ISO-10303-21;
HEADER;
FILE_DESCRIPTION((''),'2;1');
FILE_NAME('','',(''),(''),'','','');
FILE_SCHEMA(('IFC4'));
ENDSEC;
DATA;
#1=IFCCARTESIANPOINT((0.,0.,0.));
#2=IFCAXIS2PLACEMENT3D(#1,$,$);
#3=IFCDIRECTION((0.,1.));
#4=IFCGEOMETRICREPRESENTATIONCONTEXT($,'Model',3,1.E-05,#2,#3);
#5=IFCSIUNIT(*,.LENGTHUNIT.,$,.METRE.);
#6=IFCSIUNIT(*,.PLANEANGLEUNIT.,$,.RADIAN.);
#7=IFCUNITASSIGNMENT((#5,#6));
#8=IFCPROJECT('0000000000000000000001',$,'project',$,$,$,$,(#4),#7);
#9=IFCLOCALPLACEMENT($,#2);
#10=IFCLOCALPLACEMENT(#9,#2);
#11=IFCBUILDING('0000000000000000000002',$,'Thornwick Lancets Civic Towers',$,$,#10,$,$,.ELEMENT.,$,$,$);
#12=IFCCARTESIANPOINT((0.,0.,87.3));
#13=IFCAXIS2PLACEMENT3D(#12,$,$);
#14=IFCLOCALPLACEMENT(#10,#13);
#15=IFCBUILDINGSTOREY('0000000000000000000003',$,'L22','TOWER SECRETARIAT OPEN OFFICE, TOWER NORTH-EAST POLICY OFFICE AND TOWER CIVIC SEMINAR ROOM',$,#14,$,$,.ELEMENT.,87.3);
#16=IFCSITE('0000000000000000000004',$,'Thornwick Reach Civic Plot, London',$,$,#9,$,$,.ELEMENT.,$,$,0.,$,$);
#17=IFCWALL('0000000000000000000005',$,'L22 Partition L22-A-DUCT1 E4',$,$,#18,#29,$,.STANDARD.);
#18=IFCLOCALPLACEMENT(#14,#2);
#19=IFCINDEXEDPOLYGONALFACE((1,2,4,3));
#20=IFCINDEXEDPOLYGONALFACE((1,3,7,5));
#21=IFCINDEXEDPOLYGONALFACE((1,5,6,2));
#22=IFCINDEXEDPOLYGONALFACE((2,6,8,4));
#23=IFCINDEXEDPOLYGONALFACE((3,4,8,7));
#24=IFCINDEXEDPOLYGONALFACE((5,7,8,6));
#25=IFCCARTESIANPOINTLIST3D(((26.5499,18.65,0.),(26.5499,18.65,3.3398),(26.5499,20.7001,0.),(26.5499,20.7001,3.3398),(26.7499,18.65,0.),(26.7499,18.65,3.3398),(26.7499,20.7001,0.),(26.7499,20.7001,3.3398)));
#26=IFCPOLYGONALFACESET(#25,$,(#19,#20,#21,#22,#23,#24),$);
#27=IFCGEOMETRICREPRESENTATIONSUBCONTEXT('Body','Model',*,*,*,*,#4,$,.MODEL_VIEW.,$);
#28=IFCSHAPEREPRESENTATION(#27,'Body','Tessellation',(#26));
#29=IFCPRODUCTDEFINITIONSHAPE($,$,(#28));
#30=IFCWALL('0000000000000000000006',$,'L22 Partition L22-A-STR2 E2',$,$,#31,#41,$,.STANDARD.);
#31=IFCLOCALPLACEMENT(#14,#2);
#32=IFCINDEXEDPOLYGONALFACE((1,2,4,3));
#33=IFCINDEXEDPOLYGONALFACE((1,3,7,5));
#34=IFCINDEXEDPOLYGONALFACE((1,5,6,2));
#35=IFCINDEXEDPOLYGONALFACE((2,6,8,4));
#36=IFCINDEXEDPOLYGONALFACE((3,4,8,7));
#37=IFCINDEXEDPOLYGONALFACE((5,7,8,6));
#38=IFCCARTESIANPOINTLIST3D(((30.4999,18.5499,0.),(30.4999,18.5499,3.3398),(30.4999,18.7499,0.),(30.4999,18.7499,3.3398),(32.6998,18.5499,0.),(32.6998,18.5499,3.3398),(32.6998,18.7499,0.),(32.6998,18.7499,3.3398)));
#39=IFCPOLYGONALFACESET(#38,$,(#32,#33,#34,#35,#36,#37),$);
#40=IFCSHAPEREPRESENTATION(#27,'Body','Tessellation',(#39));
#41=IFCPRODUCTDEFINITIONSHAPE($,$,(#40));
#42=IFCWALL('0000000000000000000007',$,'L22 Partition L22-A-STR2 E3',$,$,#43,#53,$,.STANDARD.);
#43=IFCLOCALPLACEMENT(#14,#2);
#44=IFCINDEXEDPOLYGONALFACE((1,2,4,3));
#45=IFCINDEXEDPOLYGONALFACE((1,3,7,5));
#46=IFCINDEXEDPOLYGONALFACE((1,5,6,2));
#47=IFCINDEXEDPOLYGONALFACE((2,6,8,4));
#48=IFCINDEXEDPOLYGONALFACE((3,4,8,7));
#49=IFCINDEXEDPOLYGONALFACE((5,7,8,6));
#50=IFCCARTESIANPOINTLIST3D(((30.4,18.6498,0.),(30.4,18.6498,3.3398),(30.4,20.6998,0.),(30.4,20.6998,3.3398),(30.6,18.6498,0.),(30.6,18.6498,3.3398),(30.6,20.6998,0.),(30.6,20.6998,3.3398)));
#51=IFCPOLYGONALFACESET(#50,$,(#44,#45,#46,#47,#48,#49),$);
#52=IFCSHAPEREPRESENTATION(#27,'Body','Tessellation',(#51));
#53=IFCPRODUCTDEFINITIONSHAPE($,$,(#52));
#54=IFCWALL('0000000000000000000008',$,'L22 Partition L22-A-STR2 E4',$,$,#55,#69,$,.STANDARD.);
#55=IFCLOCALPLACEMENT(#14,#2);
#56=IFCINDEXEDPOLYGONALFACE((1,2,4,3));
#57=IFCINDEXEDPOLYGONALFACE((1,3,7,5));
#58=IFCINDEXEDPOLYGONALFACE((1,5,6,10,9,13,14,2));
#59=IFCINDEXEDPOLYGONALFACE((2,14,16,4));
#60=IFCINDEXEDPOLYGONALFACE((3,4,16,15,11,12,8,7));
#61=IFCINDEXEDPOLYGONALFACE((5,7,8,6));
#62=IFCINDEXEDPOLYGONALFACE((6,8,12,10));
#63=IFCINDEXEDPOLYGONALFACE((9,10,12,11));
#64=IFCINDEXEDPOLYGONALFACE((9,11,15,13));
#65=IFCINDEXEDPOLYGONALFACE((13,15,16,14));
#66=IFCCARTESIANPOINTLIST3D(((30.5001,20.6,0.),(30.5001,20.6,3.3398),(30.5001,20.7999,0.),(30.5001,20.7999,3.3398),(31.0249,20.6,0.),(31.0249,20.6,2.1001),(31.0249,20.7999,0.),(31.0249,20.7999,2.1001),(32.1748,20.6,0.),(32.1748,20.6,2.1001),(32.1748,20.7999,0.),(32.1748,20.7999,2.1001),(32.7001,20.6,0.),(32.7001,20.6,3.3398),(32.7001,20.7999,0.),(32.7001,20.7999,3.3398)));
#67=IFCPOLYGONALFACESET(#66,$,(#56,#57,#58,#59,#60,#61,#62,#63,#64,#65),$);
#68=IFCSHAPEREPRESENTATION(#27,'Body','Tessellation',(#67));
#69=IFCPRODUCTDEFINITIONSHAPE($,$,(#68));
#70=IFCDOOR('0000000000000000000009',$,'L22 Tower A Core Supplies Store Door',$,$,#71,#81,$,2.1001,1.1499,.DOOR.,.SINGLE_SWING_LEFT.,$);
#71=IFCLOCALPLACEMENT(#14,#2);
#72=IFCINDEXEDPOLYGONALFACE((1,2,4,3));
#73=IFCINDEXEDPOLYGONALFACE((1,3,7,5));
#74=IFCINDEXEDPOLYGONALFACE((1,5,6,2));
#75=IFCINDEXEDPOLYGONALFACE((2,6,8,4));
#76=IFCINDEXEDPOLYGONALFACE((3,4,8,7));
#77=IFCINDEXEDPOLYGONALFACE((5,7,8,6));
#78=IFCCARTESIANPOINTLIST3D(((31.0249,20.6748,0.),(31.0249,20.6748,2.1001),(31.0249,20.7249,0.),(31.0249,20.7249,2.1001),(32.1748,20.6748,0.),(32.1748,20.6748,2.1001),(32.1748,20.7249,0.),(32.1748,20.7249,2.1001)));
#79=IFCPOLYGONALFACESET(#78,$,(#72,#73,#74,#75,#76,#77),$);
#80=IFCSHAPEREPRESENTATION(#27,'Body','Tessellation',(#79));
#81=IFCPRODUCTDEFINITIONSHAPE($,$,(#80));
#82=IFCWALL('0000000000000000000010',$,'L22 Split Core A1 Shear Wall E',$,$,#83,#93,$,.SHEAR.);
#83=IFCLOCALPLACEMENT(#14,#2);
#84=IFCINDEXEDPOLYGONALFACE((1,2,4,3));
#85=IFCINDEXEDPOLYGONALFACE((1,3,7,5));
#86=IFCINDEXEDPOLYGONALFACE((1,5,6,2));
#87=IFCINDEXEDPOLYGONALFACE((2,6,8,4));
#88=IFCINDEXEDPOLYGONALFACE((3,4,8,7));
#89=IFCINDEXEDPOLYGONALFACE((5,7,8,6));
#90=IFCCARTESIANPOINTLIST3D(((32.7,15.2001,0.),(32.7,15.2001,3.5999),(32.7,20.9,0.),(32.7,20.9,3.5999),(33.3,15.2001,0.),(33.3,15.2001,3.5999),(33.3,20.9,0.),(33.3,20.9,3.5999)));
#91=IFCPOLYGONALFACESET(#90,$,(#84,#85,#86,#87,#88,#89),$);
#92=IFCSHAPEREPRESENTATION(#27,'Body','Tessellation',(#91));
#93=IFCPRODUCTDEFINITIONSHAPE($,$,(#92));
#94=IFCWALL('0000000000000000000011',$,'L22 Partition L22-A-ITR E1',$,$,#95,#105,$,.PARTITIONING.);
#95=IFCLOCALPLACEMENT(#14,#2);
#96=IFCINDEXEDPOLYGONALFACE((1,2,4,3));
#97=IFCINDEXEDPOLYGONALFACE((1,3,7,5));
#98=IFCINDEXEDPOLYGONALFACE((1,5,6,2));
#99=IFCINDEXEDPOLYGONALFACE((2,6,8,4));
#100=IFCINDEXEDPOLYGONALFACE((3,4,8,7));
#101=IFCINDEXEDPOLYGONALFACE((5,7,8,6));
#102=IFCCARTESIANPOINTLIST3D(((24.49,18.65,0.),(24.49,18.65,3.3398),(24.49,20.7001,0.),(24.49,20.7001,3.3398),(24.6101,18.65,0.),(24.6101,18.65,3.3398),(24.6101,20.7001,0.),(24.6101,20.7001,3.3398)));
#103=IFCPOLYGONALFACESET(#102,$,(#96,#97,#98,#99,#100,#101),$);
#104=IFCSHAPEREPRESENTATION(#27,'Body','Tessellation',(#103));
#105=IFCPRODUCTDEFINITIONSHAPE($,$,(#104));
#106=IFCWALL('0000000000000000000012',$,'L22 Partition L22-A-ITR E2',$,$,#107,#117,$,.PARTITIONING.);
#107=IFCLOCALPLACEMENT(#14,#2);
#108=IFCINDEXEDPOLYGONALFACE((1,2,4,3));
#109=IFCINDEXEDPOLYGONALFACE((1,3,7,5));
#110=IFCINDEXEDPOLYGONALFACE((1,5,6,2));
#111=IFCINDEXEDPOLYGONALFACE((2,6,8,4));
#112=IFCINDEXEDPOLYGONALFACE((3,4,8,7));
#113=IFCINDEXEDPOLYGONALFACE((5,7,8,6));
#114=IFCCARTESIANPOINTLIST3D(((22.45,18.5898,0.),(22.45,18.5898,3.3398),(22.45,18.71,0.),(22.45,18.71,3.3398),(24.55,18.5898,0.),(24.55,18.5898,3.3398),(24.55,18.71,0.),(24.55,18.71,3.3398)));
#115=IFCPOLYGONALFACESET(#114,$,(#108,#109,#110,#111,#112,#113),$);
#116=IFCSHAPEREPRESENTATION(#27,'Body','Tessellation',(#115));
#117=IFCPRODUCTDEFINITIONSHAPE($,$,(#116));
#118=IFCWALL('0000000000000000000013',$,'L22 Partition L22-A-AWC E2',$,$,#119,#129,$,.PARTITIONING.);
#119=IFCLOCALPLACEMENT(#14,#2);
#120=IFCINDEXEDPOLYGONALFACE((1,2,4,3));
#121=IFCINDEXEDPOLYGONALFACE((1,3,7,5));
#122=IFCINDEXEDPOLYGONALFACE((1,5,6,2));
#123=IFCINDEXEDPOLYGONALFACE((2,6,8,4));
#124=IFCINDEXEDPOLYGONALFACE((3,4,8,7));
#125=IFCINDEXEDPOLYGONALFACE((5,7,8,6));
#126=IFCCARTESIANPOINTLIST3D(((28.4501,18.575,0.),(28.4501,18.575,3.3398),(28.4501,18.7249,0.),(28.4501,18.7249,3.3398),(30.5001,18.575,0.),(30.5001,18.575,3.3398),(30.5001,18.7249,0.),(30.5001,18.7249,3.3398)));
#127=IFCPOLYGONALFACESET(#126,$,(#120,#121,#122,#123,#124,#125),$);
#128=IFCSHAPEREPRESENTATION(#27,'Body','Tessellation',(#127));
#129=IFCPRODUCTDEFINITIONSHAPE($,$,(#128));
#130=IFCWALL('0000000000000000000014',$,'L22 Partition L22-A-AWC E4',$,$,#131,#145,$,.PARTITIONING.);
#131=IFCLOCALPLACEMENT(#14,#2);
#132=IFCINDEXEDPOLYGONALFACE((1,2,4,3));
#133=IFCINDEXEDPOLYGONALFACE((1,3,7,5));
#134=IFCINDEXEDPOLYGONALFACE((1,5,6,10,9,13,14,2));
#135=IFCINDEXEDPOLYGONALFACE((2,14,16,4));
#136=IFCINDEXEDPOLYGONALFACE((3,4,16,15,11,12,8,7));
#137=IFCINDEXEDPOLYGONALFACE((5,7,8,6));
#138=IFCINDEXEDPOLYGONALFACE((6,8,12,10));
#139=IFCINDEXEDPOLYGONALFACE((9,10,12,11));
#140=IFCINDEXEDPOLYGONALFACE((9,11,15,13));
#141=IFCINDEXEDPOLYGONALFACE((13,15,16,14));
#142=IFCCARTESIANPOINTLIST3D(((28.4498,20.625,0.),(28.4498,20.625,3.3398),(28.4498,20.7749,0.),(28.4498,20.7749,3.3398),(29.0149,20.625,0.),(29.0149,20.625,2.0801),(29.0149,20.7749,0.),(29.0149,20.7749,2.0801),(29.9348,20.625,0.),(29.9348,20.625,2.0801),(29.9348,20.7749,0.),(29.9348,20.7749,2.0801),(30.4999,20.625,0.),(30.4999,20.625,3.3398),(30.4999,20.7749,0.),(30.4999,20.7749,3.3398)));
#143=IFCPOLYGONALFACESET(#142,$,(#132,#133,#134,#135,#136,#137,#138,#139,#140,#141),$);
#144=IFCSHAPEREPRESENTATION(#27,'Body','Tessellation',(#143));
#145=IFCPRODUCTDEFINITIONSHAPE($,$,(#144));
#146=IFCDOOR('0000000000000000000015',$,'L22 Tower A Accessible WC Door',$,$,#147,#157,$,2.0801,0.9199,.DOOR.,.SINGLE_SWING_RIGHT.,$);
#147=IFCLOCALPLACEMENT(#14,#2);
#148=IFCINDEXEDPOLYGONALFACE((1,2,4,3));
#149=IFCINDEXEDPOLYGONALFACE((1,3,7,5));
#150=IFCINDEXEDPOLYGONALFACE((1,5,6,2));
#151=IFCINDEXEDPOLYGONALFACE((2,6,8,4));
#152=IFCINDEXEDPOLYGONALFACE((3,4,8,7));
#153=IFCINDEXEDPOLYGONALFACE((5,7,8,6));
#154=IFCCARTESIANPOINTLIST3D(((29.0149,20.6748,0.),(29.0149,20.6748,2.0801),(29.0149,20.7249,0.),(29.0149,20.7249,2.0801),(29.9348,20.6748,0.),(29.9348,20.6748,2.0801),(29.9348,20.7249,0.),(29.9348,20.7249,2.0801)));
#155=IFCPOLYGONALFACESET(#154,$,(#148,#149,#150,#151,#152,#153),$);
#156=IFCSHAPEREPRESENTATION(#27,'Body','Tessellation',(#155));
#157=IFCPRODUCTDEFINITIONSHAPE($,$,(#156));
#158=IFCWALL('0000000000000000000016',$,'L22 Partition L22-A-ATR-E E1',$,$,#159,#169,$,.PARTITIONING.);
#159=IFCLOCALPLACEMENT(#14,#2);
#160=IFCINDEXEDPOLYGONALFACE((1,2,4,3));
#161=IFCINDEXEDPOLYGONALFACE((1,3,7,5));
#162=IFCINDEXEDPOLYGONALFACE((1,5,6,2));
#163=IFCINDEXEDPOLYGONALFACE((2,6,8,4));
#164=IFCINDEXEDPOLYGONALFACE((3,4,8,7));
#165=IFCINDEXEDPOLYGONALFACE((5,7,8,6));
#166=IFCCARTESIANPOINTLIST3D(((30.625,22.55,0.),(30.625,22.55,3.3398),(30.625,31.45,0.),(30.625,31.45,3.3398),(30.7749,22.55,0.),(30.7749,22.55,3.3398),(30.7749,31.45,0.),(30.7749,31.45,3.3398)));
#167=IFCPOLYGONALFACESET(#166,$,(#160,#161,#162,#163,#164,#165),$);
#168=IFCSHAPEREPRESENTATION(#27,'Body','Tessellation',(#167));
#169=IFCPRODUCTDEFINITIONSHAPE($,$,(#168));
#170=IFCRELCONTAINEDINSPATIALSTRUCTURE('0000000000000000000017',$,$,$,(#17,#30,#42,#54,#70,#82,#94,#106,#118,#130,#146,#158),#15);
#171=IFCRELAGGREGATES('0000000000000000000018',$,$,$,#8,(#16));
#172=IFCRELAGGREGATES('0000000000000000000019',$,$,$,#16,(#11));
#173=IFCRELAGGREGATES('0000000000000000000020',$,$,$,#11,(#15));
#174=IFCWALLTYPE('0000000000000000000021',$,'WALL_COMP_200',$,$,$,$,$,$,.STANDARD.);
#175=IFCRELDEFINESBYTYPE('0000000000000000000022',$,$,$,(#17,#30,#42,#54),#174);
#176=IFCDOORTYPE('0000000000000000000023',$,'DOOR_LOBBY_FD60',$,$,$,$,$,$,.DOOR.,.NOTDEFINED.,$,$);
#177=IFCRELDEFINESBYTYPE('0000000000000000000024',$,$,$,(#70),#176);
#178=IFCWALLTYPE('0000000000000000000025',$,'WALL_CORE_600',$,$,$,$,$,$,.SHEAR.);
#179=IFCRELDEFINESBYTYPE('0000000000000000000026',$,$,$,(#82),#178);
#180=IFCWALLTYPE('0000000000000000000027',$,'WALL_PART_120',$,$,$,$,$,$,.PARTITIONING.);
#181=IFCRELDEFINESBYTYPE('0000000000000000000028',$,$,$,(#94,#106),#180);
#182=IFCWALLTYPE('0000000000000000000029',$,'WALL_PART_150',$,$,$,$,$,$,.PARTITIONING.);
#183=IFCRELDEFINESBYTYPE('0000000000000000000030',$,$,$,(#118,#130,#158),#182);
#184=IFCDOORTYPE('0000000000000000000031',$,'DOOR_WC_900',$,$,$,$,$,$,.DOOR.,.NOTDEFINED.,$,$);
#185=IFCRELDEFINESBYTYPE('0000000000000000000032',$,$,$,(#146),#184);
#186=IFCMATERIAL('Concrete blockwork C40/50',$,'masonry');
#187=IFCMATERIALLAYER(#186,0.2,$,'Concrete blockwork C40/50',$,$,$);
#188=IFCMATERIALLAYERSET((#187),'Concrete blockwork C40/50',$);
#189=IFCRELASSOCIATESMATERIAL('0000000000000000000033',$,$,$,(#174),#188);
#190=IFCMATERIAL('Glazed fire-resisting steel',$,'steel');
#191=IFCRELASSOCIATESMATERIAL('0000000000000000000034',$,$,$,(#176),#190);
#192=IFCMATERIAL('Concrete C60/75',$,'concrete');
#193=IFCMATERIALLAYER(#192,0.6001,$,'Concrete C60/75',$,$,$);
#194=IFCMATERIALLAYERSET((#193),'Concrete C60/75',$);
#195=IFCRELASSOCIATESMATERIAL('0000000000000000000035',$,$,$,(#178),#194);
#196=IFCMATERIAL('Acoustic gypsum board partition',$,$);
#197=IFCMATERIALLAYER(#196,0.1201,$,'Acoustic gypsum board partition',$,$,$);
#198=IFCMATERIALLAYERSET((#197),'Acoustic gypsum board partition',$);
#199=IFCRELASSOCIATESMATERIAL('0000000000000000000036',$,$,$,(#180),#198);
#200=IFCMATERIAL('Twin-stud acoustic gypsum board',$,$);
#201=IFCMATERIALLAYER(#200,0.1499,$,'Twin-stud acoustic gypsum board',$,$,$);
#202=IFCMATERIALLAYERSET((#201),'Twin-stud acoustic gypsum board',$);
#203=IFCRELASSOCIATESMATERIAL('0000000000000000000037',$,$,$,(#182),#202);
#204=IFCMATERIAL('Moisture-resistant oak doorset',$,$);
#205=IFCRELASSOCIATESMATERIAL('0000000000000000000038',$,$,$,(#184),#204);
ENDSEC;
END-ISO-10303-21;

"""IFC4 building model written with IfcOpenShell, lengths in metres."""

from ifc_helpers import new_model, si_unit, direction, frame, frame_2d, origin, place, context, subcontext, project, spatial, rectangle, extrude, material, layer, layer_set, type_object, element, fill, save


model = new_model("IFC4")

# Units and contexts
model_context = context("Model", 3, precision=1e-05, world=origin(), true_north=direction((0.0, 1.0)))
body_context = subcontext(model_context, "Body", "Model", "MODEL_VIEW")
ifc_project = project(units=[si_unit("LENGTHUNIT", "METRE"), si_unit("PLANEANGLEUNIT", "RADIAN")], contexts=[model_context])

# Site, building, storey
site_placement = place(None, origin())
site = spatial("IfcSite", under=ifc_project, at=site_placement, Name="Thornwick Reach Civic Plot, London", CompositionType="ELEMENT", RefElevation=0.0)
building_placement = place(site_placement, origin())
building = spatial("IfcBuilding", under=site, at=building_placement, Name="Thornwick Lancets Civic Towers", CompositionType="ELEMENT")
storey_placement = place(building_placement, frame((0.0, 0.0, 87.3)))
storey = spatial("IfcBuildingStorey", under=building, at=storey_placement, Name="L22", Description="TOWER SECRETARIAT OPEN OFFICE, TOWER NORTH-EAST POLICY OFFICE AND TOWER CIVIC SEMINAR ROOM", CompositionType="ELEMENT", Elevation=87.3)

# Shared definitions
ifc_material_1 = material(Name="Concrete C60/75", Category="concrete")

# Shared definitions
ifc_material_2 = material(Name="Concrete blockwork C40/50", Category="masonry")
ifc_layer_1 = layer(ifc_material_2, 0.2, Name="Concrete blockwork C40/50")
ifc_layer_set_1 = layer_set([ifc_layer_1], Name="Concrete blockwork C40/50")
wall_type_1 = type_object("IfcWallType", Name="WALL_COMP_200", PredefinedType="STANDARD", material=ifc_layer_set_1)

# Walls
wall_1_placement = place(storey_placement, frame((26.6499, 20.7, 0.0), z_axis=(0.0, 0.0, 1.0), x_axis=(0.0, -1.0, 0.0)))
element("IfcWall", 1, at=wall_1_placement, inside=storey, type_object=wall_type_1, Name="L22 Partition L22-A-DUCT1 E4", PredefinedType="STANDARD", context=body_context, shape_type="SweptSolid", body=[
    extrude(rectangle(XDim=2.05, YDim=0.2, at=frame_2d((1.0249, 0.0))), origin(), (0.0, 0.0, 1.0), 3.3398),
])
wall_2_placement = place(storey_placement, frame((32.7, 18.6499, 0.0), z_axis=(0.0, 0.0, 1.0), x_axis=(-1.0, 0.0, 0.0)))
element("IfcWall", 2, at=wall_2_placement, inside=storey, type_object=wall_type_1, Name="L22 Partition L22-A-STR2 E2", PredefinedType="STANDARD", context=body_context, shape_type="SweptSolid", body=[
    extrude(rectangle(XDim=2.2, YDim=0.2, at=frame_2d((1.1001, 0.0))), origin(), (0.0, 0.0, 1.0), 3.3398),
])
wall_3_placement = place(storey_placement, frame((30.5, 18.6499, 0.0), z_axis=(0.0, 0.0, 1.0), x_axis=(0.0, 1.0, 0.0)))
element("IfcWall", 3, at=wall_3_placement, inside=storey, type_object=wall_type_1, Name="L22 Partition L22-A-STR2 E3", PredefinedType="STANDARD", context=body_context, shape_type="SweptSolid", body=[
    extrude(rectangle(XDim=2.05, YDim=0.2, at=frame_2d((1.0249, 0.0))), origin(), (0.0, 0.0, 1.0), 3.3398),
])

# Wall, opening, door
wall_4_placement = place(storey_placement, frame((30.5, 20.7, 0.0), z_axis=(0.0, 0.0, 1.0), x_axis=(1.0, 0.0, 0.0)))
wall_4 = element("IfcWall", 4, at=wall_4_placement, inside=storey, type_object=wall_type_1, Name="L22 Partition L22-A-STR2 E4", PredefinedType="STANDARD", context=body_context, shape_type="SweptSolid", body=[
    extrude(rectangle(XDim=2.2, YDim=0.2, at=frame_2d((1.1001, 0.0))), origin(), (0.0, 0.0, 1.0), 3.3398),
])
opening_1_placement = place(wall_4_placement, frame((0.5249, 0.0, 0.0)))
opening_1 = element("IfcOpeningElement", 5, at=opening_1_placement, cuts=wall_4, PredefinedType="OPENING", context=body_context, shape_type="SweptSolid", body=[
    extrude(rectangle(XDim=1.1499, YDim=2.1001, at=frame_2d((0.575, 1.05))), frame((0.0, 0.1099, 0.0), z_axis=(0.0, -1.0, 0.0), x_axis=(1.0, 0.0, 0.0)), (0.0, 0.0, 1.0), 0.22),
])
ifc_material_3 = material(Name="Glazed fire-resisting steel", Category="steel")
door_type_1 = type_object("IfcDoorType", Name="DOOR_LOBBY_FD60", OperationType="NOTDEFINED", PredefinedType="DOOR", material=ifc_material_3)
door_1_placement = place(opening_1_placement, origin())
door_1 = element("IfcDoor", 6, at=door_1_placement, inside=storey, type_object=door_type_1, Name="L22 Tower A Core Supplies Store Door", OperationType="SINGLE_SWING_LEFT", OverallHeight=2.1001, OverallWidth=1.1499, PredefinedType="DOOR", context=body_context, shape_type="SweptSolid", body=[
    extrude(rectangle(XDim=1.1499, YDim=2.1001, at=frame_2d((0.575, 1.05))), frame((0.0, 0.0249, 0.0), z_axis=(0.0, -1.0, 0.0), x_axis=(1.0, 0.0, 0.0)), (0.0, 0.0, 1.0), 0.05),
])
fill(opening_1, door_1)

# Walls
ifc_layer_2 = layer(ifc_material_1, 0.6001, Name="Concrete C60/75")
ifc_layer_set_2 = layer_set([ifc_layer_2], Name="Concrete C60/75")
wall_type_2 = type_object("IfcWallType", Name="WALL_CORE_600", PredefinedType="SHEAR", material=ifc_layer_set_2)
wall_5_placement = place(storey_placement, frame((33.0, 15.2, 0.0), z_axis=(0.0, 0.0, 1.0), x_axis=(0.0, 1.0, 0.0)))
element("IfcWall", 7, at=wall_5_placement, inside=storey, type_object=wall_type_2, Name="L22 Split Core A1 Shear Wall E", PredefinedType="SHEAR", context=body_context, shape_type="SweptSolid", body=[
    extrude(rectangle(XDim=5.7, YDim=0.6001, at=frame_2d((2.8501, 0.0))), origin(), (0.0, 0.0, 1.0), 3.5999),
])
ifc_material_4 = material(Name="Acoustic gypsum board partition")
ifc_layer_3 = layer(ifc_material_4, 0.1201, Name="Acoustic gypsum board partition")
ifc_layer_set_3 = layer_set([ifc_layer_3], Name="Acoustic gypsum board partition")
wall_type_3 = type_object("IfcWallType", Name="WALL_PART_120", PredefinedType="PARTITIONING", material=ifc_layer_set_3)
wall_6_placement = place(storey_placement, frame((24.55, 20.7, 0.0), z_axis=(0.0, 0.0, 1.0), x_axis=(0.0, -1.0, 0.0)))
element("IfcWall", 8, at=wall_6_placement, inside=storey, type_object=wall_type_3, Name="L22 Partition L22-A-ITR E1", PredefinedType="PARTITIONING", context=body_context, shape_type="SweptSolid", body=[
    extrude(rectangle(XDim=2.05, YDim=0.1201, at=frame_2d((1.0249, 0.0))), origin(), (0.0, 0.0, 1.0), 3.3398),
])
wall_7_placement = place(storey_placement, frame((24.55, 18.6499, 0.0), z_axis=(0.0, 0.0, 1.0), x_axis=(-1.0, 0.0, 0.0)))
element("IfcWall", 9, at=wall_7_placement, inside=storey, type_object=wall_type_3, Name="L22 Partition L22-A-ITR E2", PredefinedType="PARTITIONING", context=body_context, shape_type="SweptSolid", body=[
    extrude(rectangle(XDim=2.1001, YDim=0.1201, at=frame_2d((1.05, 0.0))), origin(), (0.0, 0.0, 1.0), 3.3398),
])
ifc_material_5 = material(Name="Twin-stud acoustic gypsum board")
ifc_layer_4 = layer(ifc_material_5, 0.1499, Name="Twin-stud acoustic gypsum board")
ifc_layer_set_4 = layer_set([ifc_layer_4], Name="Twin-stud acoustic gypsum board")
wall_type_4 = type_object("IfcWallType", Name="WALL_PART_150", PredefinedType="PARTITIONING", material=ifc_layer_set_4)
wall_8_placement = place(storey_placement, frame((30.5, 18.6499, 0.0), z_axis=(0.0, 0.0, 1.0), x_axis=(-1.0, 0.0, 0.0)))
element("IfcWall", 10, at=wall_8_placement, inside=storey, type_object=wall_type_4, Name="L22 Partition L22-A-AWC E2", PredefinedType="PARTITIONING", context=body_context, shape_type="SweptSolid", body=[
    extrude(rectangle(XDim=2.05, YDim=0.1499, at=frame_2d((1.0249, 0.0))), origin(), (0.0, 0.0, 1.0), 3.3398),
])

# Wall, opening, door
wall_9_placement = place(storey_placement, frame((28.45, 20.7, 0.0), z_axis=(0.0, 0.0, 1.0), x_axis=(1.0, 0.0, 0.0)))
wall_9 = element("IfcWall", 11, at=wall_9_placement, inside=storey, type_object=wall_type_4, Name="L22 Partition L22-A-AWC E4", PredefinedType="PARTITIONING", context=body_context, shape_type="SweptSolid", body=[
    extrude(rectangle(XDim=2.05, YDim=0.1499, at=frame_2d((1.0249, 0.0))), origin(), (0.0, 0.0, 1.0), 3.3398),
])
opening_2_placement = place(wall_9_placement, frame((0.5649, 0.0, 0.0)))
opening_2 = element("IfcOpeningElement", 12, at=opening_2_placement, cuts=wall_9, PredefinedType="OPENING", context=body_context, shape_type="SweptSolid", body=[
    extrude(rectangle(XDim=0.9199, YDim=2.0801, at=frame_2d((0.46, 1.04))), frame((0.0, 0.085, 0.0), z_axis=(0.0, -1.0, 0.0), x_axis=(1.0, 0.0, 0.0)), (0.0, 0.0, 1.0), 0.1699),
])
ifc_material_6 = material(Name="Moisture-resistant oak doorset")
door_type_2 = type_object("IfcDoorType", Name="DOOR_WC_900", OperationType="NOTDEFINED", PredefinedType="DOOR", material=ifc_material_6)
door_2_placement = place(opening_2_placement, origin())
door_2 = element("IfcDoor", 13, at=door_2_placement, inside=storey, type_object=door_type_2, Name="L22 Tower A Accessible WC Door", OperationType="SINGLE_SWING_RIGHT", OverallHeight=2.0801, OverallWidth=0.9199, PredefinedType="DOOR", context=body_context, shape_type="SweptSolid", body=[
    extrude(rectangle(XDim=0.9199, YDim=2.0801, at=frame_2d((0.46, 1.04))), frame((0.0, 0.0249, 0.0), z_axis=(0.0, -1.0, 0.0), x_axis=(1.0, 0.0, 0.0)), (0.0, 0.0, 1.0), 0.05),
])
fill(opening_2, door_2)

# Wall
wall_10_placement = place(storey_placement, frame((30.7, 22.55, 0.0), z_axis=(0.0, 0.0, 1.0), x_axis=(0.0, 1.0, 0.0)))
element("IfcWall", 14, at=wall_10_placement, inside=storey, type_object=wall_type_4, Name="L22 Partition L22-A-ATR-E E1", PredefinedType="PARTITIONING", context=body_context, shape_type="SweptSolid", body=[
    extrude(rectangle(XDim=8.8999, YDim=0.1499, at=frame_2d((4.45, 0.0))), origin(), (0.0, 0.0, 1.0), 3.3398),
])

save(model, "model.ifc")
